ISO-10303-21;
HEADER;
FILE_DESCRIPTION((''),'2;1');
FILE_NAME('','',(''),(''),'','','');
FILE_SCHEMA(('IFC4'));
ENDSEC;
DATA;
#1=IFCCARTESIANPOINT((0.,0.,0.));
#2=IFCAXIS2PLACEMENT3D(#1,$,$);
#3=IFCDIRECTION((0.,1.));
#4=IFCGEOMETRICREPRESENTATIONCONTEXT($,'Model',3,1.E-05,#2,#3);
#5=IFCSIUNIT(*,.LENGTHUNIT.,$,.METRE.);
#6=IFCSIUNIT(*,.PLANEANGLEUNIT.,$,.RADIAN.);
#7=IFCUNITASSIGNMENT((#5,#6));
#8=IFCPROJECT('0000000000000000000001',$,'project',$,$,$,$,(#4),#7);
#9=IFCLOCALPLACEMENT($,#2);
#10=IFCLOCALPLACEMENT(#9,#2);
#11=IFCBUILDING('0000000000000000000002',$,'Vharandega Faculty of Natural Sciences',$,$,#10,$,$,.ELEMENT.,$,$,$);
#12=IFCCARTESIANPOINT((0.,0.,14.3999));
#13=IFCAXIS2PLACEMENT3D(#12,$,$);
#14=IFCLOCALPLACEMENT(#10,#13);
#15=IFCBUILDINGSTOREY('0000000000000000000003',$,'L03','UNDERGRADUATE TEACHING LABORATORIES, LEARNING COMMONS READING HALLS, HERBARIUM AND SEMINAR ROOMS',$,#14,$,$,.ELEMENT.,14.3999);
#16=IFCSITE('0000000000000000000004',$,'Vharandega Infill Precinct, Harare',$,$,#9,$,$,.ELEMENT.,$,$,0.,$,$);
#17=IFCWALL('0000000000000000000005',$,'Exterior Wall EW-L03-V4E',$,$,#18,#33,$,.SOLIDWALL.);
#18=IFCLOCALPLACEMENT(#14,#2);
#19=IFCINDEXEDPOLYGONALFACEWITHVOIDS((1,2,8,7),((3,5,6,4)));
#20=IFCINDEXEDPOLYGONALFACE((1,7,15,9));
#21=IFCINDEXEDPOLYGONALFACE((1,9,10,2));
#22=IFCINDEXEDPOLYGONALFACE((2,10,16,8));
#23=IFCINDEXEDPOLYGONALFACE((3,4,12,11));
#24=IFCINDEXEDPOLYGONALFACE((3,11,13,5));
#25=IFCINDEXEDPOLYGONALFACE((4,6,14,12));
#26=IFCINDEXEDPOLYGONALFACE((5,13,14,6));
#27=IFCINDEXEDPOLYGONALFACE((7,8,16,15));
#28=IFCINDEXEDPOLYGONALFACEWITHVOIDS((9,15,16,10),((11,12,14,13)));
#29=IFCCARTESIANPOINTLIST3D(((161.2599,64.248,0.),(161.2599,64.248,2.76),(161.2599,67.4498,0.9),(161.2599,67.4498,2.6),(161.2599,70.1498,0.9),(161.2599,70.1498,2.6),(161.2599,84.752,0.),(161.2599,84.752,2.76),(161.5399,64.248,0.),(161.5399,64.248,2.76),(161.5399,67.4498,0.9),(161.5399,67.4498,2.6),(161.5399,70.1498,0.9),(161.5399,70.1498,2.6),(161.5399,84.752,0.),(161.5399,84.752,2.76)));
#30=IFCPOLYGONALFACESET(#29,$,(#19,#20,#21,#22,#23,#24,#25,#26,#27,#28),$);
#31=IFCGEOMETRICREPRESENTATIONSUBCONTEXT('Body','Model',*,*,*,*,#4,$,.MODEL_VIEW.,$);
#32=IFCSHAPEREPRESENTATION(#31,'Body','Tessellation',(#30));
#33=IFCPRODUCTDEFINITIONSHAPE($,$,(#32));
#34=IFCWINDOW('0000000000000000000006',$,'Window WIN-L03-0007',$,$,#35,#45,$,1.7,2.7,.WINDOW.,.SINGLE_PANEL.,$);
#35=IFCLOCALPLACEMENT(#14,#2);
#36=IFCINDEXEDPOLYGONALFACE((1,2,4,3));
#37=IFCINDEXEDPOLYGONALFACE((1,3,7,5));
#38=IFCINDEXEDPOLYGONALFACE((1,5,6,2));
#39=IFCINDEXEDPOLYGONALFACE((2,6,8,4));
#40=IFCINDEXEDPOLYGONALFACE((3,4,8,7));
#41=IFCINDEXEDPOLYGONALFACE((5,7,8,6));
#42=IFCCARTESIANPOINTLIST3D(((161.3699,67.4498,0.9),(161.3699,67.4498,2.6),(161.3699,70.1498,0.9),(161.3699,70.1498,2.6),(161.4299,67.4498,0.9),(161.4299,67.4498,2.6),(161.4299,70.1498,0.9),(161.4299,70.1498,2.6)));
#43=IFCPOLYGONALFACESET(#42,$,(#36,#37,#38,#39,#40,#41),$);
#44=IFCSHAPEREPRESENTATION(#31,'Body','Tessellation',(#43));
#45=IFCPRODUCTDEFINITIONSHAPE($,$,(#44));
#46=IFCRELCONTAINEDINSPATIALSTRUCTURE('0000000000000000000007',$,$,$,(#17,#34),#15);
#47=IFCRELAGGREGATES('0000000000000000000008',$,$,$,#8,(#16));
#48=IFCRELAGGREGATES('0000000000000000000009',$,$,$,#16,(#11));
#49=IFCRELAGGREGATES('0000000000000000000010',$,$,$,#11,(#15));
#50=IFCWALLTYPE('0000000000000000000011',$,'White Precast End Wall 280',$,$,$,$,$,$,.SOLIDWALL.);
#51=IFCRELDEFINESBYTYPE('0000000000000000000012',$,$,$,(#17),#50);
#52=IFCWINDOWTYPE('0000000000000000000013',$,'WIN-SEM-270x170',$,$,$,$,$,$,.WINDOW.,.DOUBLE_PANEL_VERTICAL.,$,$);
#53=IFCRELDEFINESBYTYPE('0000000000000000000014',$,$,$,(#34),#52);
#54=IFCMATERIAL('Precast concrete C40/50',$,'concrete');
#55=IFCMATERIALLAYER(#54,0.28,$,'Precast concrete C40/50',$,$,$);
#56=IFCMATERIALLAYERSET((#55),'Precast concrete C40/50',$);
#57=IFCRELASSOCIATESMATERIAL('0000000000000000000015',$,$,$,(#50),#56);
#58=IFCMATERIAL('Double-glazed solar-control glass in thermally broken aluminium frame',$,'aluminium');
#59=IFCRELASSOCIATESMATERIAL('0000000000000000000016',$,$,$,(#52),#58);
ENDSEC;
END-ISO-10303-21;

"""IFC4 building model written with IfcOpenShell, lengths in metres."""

from ifc_helpers import new_model, si_unit, direction, frame, frame_2d, origin, place, context, subcontext, project, spatial, rectangle, extrude, material, layer, layer_set, type_object, element, fill, save


model = new_model("IFC4")

# Units and contexts
model_context = context("Model", 3, precision=1e-05, world=origin(), true_north=direction((0.0, 1.0)))
body_context = subcontext(model_context, "Body", "Model", "MODEL_VIEW")
ifc_project = project(units=[si_unit("LENGTHUNIT", "METRE"), si_unit("PLANEANGLEUNIT", "RADIAN")], contexts=[model_context])

# Site, building, storey
site_placement = place(None, origin())
site = spatial("IfcSite", under=ifc_project, at=site_placement, Name="Vharandega Infill Precinct, Harare", CompositionType="ELEMENT", RefElevation=0.0)
building_placement = place(site_placement, origin())
building = spatial("IfcBuilding", under=site, at=building_placement, Name="Vharandega Faculty of Natural Sciences", CompositionType="ELEMENT")
storey_placement = place(building_placement, frame((0.0, 0.0, 14.3999)))
storey = spatial("IfcBuildingStorey", under=building, at=storey_placement, Name="L03", Description="UNDERGRADUATE TEACHING LABORATORIES, LEARNING COMMONS READING HALLS, HERBARIUM AND SEMINAR ROOMS", CompositionType="ELEMENT", Elevation=14.3999)

# Wall, opening, window
ifc_material_1 = material(Name="Precast concrete C40/50", Category="concrete")
ifc_layer_1 = layer(ifc_material_1, 0.28, Name="Precast concrete C40/50")
ifc_layer_set_1 = layer_set([ifc_layer_1], Name="Precast concrete C40/50")
wall_type = type_object("IfcWallType", Name="White Precast End Wall 280", PredefinedType="SOLIDWALL", material=ifc_layer_set_1)
wall_placement = place(storey_placement, frame((161.3999, 84.752, 0.0), z_axis=(0.0, 0.0, 1.0), x_axis=(0.0, -1.0, 0.0)))
wall = element("IfcWall", 1, at=wall_placement, inside=storey, type_object=wall_type, Name="Exterior Wall EW-L03-V4E", PredefinedType="SOLIDWALL", context=body_context, shape_type="SweptSolid", body=[
    extrude(rectangle(XDim=20.5039, YDim=0.28, at=frame_2d((10.252, 0.0))), origin(), (0.0, 0.0, 1.0), 2.76),
])
opening_placement = place(wall_placement, frame((14.6021, 0.0, 0.8999)))
opening = element("IfcOpeningElement", 2, at=opening_placement, cuts=wall, PredefinedType="OPENING", context=body_context, shape_type="SweptSolid", body=[
    extrude(rectangle(XDim=2.7, YDim=1.7, at=frame_2d((1.3501, 0.8501))), frame((0.0, 0.1499, 0.0), z_axis=(0.0, -1.0, 0.0), x_axis=(1.0, 0.0, 0.0)), (0.0, 0.0, 1.0), 0.3),
])
ifc_material_2 = material(Name="Double-glazed solar-control glass in thermally broken aluminium frame", Category="aluminium")
window_type = type_object("IfcWindowType", Name="WIN-SEM-270x170", PartitioningType="DOUBLE_PANEL_VERTICAL", PredefinedType="WINDOW", material=ifc_material_2)
window_placement = place(opening_placement, origin())
window = element("IfcWindow", 3, at=window_placement, inside=storey, type_object=window_type, Name="Window WIN-L03-0007", OverallHeight=1.7, OverallWidth=2.7, PartitioningType="SINGLE_PANEL", PredefinedType="WINDOW", context=body_context, shape_type="SweptSolid", body=[
    extrude(rectangle(XDim=2.7, YDim=1.7, at=frame_2d((1.3501, 0.8501))), frame((0.0, 0.03, 0.0), z_axis=(0.0, -1.0, 0.0), x_axis=(1.0, 0.0, 0.0)), (0.0, 0.0, 1.0), 0.0601),
])
fill(opening, window)

save(model, "model.ifc")
